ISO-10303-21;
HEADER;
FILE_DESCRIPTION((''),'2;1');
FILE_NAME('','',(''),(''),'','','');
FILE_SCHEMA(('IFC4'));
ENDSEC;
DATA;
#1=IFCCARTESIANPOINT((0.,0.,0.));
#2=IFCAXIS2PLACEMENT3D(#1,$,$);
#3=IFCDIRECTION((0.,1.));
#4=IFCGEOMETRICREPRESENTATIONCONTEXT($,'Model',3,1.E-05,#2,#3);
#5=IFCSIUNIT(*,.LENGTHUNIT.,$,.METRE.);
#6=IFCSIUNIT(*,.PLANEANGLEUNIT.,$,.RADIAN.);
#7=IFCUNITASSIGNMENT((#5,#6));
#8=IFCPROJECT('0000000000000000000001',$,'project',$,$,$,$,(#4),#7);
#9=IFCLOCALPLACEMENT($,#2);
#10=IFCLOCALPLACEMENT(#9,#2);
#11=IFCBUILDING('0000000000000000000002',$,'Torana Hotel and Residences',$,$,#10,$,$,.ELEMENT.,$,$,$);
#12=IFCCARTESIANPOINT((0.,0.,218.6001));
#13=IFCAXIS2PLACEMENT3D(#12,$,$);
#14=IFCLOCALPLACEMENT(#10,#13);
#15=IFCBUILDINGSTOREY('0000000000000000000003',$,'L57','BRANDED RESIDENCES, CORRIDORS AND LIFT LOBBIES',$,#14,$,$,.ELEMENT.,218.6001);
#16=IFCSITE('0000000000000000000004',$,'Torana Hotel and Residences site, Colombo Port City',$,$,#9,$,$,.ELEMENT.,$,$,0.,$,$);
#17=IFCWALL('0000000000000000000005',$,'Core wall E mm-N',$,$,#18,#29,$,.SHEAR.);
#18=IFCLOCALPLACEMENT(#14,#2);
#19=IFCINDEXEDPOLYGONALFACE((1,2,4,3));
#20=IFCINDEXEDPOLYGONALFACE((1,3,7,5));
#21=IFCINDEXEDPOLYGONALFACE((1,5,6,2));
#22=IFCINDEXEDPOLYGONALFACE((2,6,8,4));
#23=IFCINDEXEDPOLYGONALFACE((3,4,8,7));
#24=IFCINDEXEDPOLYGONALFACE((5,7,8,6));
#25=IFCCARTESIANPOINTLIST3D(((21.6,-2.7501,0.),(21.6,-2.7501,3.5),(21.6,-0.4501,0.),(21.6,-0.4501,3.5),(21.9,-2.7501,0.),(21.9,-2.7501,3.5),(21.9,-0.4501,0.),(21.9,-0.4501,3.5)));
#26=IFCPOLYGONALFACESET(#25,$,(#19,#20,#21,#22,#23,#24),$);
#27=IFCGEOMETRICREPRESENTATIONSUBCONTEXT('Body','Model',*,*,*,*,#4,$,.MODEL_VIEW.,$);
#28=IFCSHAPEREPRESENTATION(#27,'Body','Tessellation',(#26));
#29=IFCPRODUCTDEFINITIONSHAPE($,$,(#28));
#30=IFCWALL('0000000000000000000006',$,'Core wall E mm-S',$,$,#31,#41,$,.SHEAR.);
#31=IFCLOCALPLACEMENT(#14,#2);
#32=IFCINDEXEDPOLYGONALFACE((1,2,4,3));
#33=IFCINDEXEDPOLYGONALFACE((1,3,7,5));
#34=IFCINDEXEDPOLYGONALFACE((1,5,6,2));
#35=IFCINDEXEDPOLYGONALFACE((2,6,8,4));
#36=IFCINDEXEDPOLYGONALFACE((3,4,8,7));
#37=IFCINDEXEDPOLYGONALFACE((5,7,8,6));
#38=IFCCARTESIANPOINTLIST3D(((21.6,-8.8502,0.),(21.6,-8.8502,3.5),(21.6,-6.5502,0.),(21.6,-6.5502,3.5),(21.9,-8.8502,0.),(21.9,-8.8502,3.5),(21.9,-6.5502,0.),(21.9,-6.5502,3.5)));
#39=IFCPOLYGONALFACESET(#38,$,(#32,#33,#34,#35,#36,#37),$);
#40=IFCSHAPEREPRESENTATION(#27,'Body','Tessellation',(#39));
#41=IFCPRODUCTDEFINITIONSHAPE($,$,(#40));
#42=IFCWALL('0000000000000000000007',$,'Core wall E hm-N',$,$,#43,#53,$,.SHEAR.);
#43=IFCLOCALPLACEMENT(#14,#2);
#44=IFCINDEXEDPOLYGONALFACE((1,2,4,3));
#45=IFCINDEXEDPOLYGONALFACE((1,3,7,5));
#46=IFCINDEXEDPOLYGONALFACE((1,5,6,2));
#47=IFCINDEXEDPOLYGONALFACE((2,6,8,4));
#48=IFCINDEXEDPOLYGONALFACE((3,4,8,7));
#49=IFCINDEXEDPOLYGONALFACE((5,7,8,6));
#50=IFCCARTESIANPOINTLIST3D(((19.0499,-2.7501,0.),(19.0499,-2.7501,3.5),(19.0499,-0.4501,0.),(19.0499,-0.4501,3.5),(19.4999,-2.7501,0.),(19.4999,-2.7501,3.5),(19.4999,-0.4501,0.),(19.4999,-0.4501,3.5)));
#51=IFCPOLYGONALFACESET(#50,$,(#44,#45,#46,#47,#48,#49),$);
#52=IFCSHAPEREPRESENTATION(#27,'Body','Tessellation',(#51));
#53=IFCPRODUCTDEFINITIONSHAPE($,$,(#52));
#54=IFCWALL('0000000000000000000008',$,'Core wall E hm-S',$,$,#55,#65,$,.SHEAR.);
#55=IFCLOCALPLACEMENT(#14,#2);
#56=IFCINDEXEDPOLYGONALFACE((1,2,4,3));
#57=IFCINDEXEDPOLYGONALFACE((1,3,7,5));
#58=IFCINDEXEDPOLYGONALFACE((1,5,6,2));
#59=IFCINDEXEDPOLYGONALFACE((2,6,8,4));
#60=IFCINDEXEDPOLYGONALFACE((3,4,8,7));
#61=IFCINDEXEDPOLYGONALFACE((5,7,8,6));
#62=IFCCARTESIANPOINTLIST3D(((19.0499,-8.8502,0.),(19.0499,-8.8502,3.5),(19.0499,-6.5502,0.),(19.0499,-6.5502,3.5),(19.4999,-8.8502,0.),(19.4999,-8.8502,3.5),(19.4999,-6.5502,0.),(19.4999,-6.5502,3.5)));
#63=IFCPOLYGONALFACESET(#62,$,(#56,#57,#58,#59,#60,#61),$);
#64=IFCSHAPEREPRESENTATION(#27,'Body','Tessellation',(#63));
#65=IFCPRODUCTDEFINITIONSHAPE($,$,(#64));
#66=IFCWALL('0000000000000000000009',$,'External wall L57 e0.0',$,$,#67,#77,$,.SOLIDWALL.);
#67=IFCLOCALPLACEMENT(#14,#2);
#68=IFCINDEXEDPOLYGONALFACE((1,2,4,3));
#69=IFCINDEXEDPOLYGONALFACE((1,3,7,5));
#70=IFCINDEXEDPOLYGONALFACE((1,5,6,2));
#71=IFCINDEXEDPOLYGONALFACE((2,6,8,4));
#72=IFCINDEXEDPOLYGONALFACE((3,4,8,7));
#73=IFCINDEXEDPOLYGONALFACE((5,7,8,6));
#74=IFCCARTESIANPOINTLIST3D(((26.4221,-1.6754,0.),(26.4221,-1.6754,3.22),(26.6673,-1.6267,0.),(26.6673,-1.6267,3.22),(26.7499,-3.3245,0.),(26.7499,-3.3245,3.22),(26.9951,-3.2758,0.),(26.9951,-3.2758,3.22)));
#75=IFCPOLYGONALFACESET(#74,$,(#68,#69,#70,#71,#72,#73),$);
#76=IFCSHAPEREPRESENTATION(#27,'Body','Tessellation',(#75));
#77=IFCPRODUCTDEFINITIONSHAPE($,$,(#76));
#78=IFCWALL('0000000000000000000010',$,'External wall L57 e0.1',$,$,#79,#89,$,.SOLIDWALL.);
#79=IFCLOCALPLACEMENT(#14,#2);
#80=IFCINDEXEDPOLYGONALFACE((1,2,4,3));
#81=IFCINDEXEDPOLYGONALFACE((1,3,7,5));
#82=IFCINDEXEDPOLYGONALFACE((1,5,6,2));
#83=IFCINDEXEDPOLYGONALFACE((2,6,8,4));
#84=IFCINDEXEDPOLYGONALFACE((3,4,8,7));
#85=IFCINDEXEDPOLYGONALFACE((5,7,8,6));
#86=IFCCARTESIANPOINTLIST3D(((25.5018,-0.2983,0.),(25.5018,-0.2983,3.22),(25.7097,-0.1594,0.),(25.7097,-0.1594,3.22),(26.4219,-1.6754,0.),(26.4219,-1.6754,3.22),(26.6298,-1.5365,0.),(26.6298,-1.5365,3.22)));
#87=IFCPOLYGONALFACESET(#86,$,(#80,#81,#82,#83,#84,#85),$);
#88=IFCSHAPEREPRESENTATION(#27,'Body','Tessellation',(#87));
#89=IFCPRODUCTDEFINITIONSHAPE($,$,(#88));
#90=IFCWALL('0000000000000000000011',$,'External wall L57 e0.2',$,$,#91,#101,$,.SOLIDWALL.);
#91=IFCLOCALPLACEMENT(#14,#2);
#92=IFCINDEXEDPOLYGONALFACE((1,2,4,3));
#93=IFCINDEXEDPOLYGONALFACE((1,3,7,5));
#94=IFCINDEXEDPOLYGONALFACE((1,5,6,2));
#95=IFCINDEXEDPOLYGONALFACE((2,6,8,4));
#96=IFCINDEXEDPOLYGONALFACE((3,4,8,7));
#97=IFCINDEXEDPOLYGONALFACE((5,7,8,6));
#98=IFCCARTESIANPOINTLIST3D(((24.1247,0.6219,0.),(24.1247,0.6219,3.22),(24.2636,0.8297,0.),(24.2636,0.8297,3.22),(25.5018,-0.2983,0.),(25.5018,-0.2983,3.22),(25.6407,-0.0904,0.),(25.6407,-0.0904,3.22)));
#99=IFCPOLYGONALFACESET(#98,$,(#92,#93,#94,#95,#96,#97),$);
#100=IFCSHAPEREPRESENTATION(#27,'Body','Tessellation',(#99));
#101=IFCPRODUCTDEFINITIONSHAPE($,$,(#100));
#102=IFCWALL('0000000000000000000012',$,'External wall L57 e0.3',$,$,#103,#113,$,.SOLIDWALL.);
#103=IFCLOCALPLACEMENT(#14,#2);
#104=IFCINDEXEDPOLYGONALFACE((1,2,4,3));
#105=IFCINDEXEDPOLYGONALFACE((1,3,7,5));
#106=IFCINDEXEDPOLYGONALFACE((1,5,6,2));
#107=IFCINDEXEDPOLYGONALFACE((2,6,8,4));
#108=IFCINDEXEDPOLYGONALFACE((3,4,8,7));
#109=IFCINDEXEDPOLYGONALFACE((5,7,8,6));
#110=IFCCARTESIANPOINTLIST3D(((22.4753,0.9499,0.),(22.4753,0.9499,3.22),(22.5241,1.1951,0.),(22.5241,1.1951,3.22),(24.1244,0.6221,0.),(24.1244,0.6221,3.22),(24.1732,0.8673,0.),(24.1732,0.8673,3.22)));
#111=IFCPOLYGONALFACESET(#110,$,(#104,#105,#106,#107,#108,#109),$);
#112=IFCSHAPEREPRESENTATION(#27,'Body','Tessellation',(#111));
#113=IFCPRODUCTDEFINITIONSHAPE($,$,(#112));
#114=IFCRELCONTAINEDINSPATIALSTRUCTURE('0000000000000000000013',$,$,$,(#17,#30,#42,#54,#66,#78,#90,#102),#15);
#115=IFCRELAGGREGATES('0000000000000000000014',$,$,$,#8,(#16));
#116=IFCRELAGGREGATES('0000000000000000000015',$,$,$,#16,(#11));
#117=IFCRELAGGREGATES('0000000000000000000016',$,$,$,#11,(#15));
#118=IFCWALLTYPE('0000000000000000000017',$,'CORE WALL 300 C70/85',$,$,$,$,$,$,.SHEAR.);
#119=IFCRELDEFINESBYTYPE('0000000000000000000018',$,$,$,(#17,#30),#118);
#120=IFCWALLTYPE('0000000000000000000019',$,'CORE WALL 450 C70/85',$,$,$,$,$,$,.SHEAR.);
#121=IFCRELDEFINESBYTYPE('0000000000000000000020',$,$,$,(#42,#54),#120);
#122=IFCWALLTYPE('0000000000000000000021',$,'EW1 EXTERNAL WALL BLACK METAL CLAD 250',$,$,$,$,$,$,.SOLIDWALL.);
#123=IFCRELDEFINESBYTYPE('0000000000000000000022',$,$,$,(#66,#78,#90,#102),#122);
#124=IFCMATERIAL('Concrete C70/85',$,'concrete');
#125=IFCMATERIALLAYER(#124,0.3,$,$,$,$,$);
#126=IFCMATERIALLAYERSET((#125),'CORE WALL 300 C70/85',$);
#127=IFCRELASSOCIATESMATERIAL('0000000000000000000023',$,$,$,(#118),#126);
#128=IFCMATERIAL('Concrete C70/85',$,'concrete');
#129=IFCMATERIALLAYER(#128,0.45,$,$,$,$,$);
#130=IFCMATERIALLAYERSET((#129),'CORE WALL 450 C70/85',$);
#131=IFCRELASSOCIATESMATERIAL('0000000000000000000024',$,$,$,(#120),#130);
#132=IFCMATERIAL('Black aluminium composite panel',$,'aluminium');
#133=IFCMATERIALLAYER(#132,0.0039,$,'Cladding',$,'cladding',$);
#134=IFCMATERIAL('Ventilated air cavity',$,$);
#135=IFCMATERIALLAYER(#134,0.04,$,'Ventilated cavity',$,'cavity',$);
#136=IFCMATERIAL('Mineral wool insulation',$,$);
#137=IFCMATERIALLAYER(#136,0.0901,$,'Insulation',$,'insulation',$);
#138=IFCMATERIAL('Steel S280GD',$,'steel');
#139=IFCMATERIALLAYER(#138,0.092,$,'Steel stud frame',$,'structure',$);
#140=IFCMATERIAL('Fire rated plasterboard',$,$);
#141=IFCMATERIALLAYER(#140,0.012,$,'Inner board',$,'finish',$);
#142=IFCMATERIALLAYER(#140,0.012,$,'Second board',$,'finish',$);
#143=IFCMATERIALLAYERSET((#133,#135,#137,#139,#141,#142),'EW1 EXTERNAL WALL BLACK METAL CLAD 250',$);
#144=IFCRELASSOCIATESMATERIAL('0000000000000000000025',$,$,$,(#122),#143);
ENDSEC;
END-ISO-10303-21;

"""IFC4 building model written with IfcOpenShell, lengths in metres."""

from ifc_helpers import new_model, si_unit, direction, frame, frame_2d, origin, place, context, subcontext, project, spatial, rectangle, extrude, material, layer, layer_set, type_object, element, save


model = new_model("IFC4")

# Units and contexts
model_context = context("Model", 3, precision=1e-05, world=origin(), true_north=direction((0.0, 1.0)))
body_context = subcontext(model_context, "Body", "Model", "MODEL_VIEW")
ifc_project = project(units=[si_unit("LENGTHUNIT", "METRE"), si_unit("PLANEANGLEUNIT", "RADIAN")], contexts=[model_context])

# Site, building, storey
site_placement = place(None, origin())
site = spatial("IfcSite", under=ifc_project, at=site_placement, Name="Torana Hotel and Residences site, Colombo Port City", CompositionType="ELEMENT", RefElevation=0.0)
building_placement = place(site_placement, origin())
building = spatial("IfcBuilding", under=site, at=building_placement, Name="Torana Hotel and Residences", CompositionType="ELEMENT")
storey_placement = place(building_placement, frame((0.0, 0.0, 218.6001)))
storey = spatial("IfcBuildingStorey", under=building, at=storey_placement, Name="L57", Description="BRANDED RESIDENCES, CORRIDORS AND LIFT LOBBIES", CompositionType="ELEMENT", Elevation=218.6001)

# Walls
ifc_material_1 = material(Name="Concrete C70/85", Category="concrete")
ifc_layer_1 = layer(ifc_material_1, 0.3)
ifc_layer_set_1 = layer_set([ifc_layer_1], Name="CORE WALL 300 C70/85")
wall_type_1 = type_object("IfcWallType", Name="CORE WALL 300 C70/85", PredefinedType="SHEAR", material=ifc_layer_set_1)
for number, where, z_axis, x_axis, name in (
    (1, (21.75, -2.75, 0.0), (0.0, 0.0, 1.0), (0.0, 1.0, 0.0), "Core wall E mm-N"),
    (2, (21.75, -8.8501, 0.0), (0.0, 0.0, 1.0), (0.0, 1.0, 0.0), "Core wall E mm-S"),
):
    element("IfcWall", number, at=place(storey_placement, frame(where, z_axis=z_axis, x_axis=x_axis)), inside=storey, type_object=wall_type_1, Name=name, PredefinedType="SHEAR", context=body_context, shape_type="SweptSolid", body=[
        extrude(rectangle(XDim=2.3, YDim=0.3, at=frame_2d((1.1499, 0.0))), origin(), (0.0, 0.0, 1.0), 3.5),
    ])
ifc_material_2 = material(Name="Concrete C70/85", Category="concrete")
ifc_layer_2 = layer(ifc_material_2, 0.45)
ifc_layer_set_2 = layer_set([ifc_layer_2], Name="CORE WALL 450 C70/85")
wall_type_2 = type_object("IfcWallType", Name="CORE WALL 450 C70/85", PredefinedType="SHEAR", material=ifc_layer_set_2)
for number, where, z_axis, x_axis, name in (
    (3, (19.2749, -2.75, 0.0), (0.0, 0.0, 1.0), (0.0, 1.0, 0.0), "Core wall E hm-N"),
    (4, (19.2749, -8.8501, 0.0), (0.0, 0.0, 1.0), (0.0, 1.0, 0.0), "Core wall E hm-S"),
):
    element("IfcWall", number, at=place(storey_placement, frame(where, z_axis=z_axis, x_axis=x_axis)), inside=storey, type_object=wall_type_2, Name=name, PredefinedType="SHEAR", context=body_context, shape_type="SweptSolid", body=[
        extrude(rectangle(XDim=2.3, YDim=0.45, at=frame_2d((1.1499, 0.0))), origin(), (0.0, 0.0, 1.0), 3.5),
    ])
ifc_material_3 = material(Name="Black aluminium composite panel", Category="aluminium")
ifc_layer_3 = layer(ifc_material_3, 0.0039, Name="Cladding", Category="cladding")
ifc_material_4 = material(Name="Ventilated air cavity")
ifc_layer_4 = layer(ifc_material_4, 0.04, Name="Ventilated cavity", Category="cavity")
ifc_material_5 = material(Name="Mineral wool insulation")
ifc_layer_5 = layer(ifc_material_5, 0.0901, Name="Insulation", Category="insulation")
ifc_material_6 = material(Name="Steel S280GD", Category="steel")
ifc_layer_6 = layer(ifc_material_6, 0.092, Name="Steel stud frame", Category="structure")
ifc_material_7 = material(Name="Fire rated plasterboard")
ifc_layer_7 = layer(ifc_material_7, 0.012, Name="Inner board", Category="finish")
ifc_layer_8 = layer(ifc_material_7, 0.012, Name="Second board", Category="finish")
ifc_layer_set_3 = layer_set([ifc_layer_3, ifc_layer_4, ifc_layer_5, ifc_layer_6, ifc_layer_7, ifc_layer_8], Name="EW1 EXTERNAL WALL BLACK METAL CLAD 250")
wall_type_3 = type_object("IfcWallType", Name="EW1 EXTERNAL WALL BLACK METAL CLAD 250", PredefinedType="SOLIDWALL", material=ifc_layer_set_3)
wall_1_placement = place(storey_placement, frame((26.8726, -3.3003, 0.0), z_axis=(0.0, 0.0, 1.0), x_axis=(-0.194999, 0.980803, 0.0)))
element("IfcWall", 5, at=wall_1_placement, inside=storey, type_object=wall_type_3, Name="External wall L57 e0.0", PredefinedType="SOLIDWALL", context=body_context, shape_type="SweptSolid", body=[
    extrude(rectangle(XDim=1.6814, YDim=0.25, at=frame_2d((0.8408, 0.0))), origin(), (0.0, 0.0, 1.0), 3.22),
])
for number, where, z_axis, x_axis, name in (
    (6, (26.5259, -1.606, 0.0), (0.0, 0.0, 1.0), (-0.55555, 0.831483, 0.0), "External wall L57 e0.1"),
    (7, (25.5713, -0.1943, 0.0), (0.0, 0.0, 1.0), (-0.831483, 0.55555, 0.0), "External wall L57 e0.2"),
):
    element("IfcWall", number, at=place(storey_placement, frame(where, z_axis=z_axis, x_axis=x_axis)), inside=storey, type_object=wall_type_3, Name=name, PredefinedType="SOLIDWALL", context=body_context, shape_type="SweptSolid", body=[
        extrude(rectangle(XDim=1.6562, YDim=0.25, at=frame_2d((0.8281, 0.0))), origin(), (0.0, 0.0, 1.0), 3.22),
    ])
wall_2_placement = place(storey_placement, frame((24.1489, 0.7446, 0.0), z_axis=(0.0, 0.0, 1.0), x_axis=(-0.980803, 0.194999, 0.0)))
element("IfcWall", 8, at=wall_2_placement, inside=storey, type_object=wall_type_3, Name="External wall L57 e0.3", PredefinedType="SOLIDWALL", context=body_context, shape_type="SweptSolid", body=[
    extrude(rectangle(XDim=1.6814, YDim=0.25, at=frame_2d((0.8408, 0.0))), origin(), (0.0, 0.0, 1.0), 3.22),
])

save(model, "model.ifc")
